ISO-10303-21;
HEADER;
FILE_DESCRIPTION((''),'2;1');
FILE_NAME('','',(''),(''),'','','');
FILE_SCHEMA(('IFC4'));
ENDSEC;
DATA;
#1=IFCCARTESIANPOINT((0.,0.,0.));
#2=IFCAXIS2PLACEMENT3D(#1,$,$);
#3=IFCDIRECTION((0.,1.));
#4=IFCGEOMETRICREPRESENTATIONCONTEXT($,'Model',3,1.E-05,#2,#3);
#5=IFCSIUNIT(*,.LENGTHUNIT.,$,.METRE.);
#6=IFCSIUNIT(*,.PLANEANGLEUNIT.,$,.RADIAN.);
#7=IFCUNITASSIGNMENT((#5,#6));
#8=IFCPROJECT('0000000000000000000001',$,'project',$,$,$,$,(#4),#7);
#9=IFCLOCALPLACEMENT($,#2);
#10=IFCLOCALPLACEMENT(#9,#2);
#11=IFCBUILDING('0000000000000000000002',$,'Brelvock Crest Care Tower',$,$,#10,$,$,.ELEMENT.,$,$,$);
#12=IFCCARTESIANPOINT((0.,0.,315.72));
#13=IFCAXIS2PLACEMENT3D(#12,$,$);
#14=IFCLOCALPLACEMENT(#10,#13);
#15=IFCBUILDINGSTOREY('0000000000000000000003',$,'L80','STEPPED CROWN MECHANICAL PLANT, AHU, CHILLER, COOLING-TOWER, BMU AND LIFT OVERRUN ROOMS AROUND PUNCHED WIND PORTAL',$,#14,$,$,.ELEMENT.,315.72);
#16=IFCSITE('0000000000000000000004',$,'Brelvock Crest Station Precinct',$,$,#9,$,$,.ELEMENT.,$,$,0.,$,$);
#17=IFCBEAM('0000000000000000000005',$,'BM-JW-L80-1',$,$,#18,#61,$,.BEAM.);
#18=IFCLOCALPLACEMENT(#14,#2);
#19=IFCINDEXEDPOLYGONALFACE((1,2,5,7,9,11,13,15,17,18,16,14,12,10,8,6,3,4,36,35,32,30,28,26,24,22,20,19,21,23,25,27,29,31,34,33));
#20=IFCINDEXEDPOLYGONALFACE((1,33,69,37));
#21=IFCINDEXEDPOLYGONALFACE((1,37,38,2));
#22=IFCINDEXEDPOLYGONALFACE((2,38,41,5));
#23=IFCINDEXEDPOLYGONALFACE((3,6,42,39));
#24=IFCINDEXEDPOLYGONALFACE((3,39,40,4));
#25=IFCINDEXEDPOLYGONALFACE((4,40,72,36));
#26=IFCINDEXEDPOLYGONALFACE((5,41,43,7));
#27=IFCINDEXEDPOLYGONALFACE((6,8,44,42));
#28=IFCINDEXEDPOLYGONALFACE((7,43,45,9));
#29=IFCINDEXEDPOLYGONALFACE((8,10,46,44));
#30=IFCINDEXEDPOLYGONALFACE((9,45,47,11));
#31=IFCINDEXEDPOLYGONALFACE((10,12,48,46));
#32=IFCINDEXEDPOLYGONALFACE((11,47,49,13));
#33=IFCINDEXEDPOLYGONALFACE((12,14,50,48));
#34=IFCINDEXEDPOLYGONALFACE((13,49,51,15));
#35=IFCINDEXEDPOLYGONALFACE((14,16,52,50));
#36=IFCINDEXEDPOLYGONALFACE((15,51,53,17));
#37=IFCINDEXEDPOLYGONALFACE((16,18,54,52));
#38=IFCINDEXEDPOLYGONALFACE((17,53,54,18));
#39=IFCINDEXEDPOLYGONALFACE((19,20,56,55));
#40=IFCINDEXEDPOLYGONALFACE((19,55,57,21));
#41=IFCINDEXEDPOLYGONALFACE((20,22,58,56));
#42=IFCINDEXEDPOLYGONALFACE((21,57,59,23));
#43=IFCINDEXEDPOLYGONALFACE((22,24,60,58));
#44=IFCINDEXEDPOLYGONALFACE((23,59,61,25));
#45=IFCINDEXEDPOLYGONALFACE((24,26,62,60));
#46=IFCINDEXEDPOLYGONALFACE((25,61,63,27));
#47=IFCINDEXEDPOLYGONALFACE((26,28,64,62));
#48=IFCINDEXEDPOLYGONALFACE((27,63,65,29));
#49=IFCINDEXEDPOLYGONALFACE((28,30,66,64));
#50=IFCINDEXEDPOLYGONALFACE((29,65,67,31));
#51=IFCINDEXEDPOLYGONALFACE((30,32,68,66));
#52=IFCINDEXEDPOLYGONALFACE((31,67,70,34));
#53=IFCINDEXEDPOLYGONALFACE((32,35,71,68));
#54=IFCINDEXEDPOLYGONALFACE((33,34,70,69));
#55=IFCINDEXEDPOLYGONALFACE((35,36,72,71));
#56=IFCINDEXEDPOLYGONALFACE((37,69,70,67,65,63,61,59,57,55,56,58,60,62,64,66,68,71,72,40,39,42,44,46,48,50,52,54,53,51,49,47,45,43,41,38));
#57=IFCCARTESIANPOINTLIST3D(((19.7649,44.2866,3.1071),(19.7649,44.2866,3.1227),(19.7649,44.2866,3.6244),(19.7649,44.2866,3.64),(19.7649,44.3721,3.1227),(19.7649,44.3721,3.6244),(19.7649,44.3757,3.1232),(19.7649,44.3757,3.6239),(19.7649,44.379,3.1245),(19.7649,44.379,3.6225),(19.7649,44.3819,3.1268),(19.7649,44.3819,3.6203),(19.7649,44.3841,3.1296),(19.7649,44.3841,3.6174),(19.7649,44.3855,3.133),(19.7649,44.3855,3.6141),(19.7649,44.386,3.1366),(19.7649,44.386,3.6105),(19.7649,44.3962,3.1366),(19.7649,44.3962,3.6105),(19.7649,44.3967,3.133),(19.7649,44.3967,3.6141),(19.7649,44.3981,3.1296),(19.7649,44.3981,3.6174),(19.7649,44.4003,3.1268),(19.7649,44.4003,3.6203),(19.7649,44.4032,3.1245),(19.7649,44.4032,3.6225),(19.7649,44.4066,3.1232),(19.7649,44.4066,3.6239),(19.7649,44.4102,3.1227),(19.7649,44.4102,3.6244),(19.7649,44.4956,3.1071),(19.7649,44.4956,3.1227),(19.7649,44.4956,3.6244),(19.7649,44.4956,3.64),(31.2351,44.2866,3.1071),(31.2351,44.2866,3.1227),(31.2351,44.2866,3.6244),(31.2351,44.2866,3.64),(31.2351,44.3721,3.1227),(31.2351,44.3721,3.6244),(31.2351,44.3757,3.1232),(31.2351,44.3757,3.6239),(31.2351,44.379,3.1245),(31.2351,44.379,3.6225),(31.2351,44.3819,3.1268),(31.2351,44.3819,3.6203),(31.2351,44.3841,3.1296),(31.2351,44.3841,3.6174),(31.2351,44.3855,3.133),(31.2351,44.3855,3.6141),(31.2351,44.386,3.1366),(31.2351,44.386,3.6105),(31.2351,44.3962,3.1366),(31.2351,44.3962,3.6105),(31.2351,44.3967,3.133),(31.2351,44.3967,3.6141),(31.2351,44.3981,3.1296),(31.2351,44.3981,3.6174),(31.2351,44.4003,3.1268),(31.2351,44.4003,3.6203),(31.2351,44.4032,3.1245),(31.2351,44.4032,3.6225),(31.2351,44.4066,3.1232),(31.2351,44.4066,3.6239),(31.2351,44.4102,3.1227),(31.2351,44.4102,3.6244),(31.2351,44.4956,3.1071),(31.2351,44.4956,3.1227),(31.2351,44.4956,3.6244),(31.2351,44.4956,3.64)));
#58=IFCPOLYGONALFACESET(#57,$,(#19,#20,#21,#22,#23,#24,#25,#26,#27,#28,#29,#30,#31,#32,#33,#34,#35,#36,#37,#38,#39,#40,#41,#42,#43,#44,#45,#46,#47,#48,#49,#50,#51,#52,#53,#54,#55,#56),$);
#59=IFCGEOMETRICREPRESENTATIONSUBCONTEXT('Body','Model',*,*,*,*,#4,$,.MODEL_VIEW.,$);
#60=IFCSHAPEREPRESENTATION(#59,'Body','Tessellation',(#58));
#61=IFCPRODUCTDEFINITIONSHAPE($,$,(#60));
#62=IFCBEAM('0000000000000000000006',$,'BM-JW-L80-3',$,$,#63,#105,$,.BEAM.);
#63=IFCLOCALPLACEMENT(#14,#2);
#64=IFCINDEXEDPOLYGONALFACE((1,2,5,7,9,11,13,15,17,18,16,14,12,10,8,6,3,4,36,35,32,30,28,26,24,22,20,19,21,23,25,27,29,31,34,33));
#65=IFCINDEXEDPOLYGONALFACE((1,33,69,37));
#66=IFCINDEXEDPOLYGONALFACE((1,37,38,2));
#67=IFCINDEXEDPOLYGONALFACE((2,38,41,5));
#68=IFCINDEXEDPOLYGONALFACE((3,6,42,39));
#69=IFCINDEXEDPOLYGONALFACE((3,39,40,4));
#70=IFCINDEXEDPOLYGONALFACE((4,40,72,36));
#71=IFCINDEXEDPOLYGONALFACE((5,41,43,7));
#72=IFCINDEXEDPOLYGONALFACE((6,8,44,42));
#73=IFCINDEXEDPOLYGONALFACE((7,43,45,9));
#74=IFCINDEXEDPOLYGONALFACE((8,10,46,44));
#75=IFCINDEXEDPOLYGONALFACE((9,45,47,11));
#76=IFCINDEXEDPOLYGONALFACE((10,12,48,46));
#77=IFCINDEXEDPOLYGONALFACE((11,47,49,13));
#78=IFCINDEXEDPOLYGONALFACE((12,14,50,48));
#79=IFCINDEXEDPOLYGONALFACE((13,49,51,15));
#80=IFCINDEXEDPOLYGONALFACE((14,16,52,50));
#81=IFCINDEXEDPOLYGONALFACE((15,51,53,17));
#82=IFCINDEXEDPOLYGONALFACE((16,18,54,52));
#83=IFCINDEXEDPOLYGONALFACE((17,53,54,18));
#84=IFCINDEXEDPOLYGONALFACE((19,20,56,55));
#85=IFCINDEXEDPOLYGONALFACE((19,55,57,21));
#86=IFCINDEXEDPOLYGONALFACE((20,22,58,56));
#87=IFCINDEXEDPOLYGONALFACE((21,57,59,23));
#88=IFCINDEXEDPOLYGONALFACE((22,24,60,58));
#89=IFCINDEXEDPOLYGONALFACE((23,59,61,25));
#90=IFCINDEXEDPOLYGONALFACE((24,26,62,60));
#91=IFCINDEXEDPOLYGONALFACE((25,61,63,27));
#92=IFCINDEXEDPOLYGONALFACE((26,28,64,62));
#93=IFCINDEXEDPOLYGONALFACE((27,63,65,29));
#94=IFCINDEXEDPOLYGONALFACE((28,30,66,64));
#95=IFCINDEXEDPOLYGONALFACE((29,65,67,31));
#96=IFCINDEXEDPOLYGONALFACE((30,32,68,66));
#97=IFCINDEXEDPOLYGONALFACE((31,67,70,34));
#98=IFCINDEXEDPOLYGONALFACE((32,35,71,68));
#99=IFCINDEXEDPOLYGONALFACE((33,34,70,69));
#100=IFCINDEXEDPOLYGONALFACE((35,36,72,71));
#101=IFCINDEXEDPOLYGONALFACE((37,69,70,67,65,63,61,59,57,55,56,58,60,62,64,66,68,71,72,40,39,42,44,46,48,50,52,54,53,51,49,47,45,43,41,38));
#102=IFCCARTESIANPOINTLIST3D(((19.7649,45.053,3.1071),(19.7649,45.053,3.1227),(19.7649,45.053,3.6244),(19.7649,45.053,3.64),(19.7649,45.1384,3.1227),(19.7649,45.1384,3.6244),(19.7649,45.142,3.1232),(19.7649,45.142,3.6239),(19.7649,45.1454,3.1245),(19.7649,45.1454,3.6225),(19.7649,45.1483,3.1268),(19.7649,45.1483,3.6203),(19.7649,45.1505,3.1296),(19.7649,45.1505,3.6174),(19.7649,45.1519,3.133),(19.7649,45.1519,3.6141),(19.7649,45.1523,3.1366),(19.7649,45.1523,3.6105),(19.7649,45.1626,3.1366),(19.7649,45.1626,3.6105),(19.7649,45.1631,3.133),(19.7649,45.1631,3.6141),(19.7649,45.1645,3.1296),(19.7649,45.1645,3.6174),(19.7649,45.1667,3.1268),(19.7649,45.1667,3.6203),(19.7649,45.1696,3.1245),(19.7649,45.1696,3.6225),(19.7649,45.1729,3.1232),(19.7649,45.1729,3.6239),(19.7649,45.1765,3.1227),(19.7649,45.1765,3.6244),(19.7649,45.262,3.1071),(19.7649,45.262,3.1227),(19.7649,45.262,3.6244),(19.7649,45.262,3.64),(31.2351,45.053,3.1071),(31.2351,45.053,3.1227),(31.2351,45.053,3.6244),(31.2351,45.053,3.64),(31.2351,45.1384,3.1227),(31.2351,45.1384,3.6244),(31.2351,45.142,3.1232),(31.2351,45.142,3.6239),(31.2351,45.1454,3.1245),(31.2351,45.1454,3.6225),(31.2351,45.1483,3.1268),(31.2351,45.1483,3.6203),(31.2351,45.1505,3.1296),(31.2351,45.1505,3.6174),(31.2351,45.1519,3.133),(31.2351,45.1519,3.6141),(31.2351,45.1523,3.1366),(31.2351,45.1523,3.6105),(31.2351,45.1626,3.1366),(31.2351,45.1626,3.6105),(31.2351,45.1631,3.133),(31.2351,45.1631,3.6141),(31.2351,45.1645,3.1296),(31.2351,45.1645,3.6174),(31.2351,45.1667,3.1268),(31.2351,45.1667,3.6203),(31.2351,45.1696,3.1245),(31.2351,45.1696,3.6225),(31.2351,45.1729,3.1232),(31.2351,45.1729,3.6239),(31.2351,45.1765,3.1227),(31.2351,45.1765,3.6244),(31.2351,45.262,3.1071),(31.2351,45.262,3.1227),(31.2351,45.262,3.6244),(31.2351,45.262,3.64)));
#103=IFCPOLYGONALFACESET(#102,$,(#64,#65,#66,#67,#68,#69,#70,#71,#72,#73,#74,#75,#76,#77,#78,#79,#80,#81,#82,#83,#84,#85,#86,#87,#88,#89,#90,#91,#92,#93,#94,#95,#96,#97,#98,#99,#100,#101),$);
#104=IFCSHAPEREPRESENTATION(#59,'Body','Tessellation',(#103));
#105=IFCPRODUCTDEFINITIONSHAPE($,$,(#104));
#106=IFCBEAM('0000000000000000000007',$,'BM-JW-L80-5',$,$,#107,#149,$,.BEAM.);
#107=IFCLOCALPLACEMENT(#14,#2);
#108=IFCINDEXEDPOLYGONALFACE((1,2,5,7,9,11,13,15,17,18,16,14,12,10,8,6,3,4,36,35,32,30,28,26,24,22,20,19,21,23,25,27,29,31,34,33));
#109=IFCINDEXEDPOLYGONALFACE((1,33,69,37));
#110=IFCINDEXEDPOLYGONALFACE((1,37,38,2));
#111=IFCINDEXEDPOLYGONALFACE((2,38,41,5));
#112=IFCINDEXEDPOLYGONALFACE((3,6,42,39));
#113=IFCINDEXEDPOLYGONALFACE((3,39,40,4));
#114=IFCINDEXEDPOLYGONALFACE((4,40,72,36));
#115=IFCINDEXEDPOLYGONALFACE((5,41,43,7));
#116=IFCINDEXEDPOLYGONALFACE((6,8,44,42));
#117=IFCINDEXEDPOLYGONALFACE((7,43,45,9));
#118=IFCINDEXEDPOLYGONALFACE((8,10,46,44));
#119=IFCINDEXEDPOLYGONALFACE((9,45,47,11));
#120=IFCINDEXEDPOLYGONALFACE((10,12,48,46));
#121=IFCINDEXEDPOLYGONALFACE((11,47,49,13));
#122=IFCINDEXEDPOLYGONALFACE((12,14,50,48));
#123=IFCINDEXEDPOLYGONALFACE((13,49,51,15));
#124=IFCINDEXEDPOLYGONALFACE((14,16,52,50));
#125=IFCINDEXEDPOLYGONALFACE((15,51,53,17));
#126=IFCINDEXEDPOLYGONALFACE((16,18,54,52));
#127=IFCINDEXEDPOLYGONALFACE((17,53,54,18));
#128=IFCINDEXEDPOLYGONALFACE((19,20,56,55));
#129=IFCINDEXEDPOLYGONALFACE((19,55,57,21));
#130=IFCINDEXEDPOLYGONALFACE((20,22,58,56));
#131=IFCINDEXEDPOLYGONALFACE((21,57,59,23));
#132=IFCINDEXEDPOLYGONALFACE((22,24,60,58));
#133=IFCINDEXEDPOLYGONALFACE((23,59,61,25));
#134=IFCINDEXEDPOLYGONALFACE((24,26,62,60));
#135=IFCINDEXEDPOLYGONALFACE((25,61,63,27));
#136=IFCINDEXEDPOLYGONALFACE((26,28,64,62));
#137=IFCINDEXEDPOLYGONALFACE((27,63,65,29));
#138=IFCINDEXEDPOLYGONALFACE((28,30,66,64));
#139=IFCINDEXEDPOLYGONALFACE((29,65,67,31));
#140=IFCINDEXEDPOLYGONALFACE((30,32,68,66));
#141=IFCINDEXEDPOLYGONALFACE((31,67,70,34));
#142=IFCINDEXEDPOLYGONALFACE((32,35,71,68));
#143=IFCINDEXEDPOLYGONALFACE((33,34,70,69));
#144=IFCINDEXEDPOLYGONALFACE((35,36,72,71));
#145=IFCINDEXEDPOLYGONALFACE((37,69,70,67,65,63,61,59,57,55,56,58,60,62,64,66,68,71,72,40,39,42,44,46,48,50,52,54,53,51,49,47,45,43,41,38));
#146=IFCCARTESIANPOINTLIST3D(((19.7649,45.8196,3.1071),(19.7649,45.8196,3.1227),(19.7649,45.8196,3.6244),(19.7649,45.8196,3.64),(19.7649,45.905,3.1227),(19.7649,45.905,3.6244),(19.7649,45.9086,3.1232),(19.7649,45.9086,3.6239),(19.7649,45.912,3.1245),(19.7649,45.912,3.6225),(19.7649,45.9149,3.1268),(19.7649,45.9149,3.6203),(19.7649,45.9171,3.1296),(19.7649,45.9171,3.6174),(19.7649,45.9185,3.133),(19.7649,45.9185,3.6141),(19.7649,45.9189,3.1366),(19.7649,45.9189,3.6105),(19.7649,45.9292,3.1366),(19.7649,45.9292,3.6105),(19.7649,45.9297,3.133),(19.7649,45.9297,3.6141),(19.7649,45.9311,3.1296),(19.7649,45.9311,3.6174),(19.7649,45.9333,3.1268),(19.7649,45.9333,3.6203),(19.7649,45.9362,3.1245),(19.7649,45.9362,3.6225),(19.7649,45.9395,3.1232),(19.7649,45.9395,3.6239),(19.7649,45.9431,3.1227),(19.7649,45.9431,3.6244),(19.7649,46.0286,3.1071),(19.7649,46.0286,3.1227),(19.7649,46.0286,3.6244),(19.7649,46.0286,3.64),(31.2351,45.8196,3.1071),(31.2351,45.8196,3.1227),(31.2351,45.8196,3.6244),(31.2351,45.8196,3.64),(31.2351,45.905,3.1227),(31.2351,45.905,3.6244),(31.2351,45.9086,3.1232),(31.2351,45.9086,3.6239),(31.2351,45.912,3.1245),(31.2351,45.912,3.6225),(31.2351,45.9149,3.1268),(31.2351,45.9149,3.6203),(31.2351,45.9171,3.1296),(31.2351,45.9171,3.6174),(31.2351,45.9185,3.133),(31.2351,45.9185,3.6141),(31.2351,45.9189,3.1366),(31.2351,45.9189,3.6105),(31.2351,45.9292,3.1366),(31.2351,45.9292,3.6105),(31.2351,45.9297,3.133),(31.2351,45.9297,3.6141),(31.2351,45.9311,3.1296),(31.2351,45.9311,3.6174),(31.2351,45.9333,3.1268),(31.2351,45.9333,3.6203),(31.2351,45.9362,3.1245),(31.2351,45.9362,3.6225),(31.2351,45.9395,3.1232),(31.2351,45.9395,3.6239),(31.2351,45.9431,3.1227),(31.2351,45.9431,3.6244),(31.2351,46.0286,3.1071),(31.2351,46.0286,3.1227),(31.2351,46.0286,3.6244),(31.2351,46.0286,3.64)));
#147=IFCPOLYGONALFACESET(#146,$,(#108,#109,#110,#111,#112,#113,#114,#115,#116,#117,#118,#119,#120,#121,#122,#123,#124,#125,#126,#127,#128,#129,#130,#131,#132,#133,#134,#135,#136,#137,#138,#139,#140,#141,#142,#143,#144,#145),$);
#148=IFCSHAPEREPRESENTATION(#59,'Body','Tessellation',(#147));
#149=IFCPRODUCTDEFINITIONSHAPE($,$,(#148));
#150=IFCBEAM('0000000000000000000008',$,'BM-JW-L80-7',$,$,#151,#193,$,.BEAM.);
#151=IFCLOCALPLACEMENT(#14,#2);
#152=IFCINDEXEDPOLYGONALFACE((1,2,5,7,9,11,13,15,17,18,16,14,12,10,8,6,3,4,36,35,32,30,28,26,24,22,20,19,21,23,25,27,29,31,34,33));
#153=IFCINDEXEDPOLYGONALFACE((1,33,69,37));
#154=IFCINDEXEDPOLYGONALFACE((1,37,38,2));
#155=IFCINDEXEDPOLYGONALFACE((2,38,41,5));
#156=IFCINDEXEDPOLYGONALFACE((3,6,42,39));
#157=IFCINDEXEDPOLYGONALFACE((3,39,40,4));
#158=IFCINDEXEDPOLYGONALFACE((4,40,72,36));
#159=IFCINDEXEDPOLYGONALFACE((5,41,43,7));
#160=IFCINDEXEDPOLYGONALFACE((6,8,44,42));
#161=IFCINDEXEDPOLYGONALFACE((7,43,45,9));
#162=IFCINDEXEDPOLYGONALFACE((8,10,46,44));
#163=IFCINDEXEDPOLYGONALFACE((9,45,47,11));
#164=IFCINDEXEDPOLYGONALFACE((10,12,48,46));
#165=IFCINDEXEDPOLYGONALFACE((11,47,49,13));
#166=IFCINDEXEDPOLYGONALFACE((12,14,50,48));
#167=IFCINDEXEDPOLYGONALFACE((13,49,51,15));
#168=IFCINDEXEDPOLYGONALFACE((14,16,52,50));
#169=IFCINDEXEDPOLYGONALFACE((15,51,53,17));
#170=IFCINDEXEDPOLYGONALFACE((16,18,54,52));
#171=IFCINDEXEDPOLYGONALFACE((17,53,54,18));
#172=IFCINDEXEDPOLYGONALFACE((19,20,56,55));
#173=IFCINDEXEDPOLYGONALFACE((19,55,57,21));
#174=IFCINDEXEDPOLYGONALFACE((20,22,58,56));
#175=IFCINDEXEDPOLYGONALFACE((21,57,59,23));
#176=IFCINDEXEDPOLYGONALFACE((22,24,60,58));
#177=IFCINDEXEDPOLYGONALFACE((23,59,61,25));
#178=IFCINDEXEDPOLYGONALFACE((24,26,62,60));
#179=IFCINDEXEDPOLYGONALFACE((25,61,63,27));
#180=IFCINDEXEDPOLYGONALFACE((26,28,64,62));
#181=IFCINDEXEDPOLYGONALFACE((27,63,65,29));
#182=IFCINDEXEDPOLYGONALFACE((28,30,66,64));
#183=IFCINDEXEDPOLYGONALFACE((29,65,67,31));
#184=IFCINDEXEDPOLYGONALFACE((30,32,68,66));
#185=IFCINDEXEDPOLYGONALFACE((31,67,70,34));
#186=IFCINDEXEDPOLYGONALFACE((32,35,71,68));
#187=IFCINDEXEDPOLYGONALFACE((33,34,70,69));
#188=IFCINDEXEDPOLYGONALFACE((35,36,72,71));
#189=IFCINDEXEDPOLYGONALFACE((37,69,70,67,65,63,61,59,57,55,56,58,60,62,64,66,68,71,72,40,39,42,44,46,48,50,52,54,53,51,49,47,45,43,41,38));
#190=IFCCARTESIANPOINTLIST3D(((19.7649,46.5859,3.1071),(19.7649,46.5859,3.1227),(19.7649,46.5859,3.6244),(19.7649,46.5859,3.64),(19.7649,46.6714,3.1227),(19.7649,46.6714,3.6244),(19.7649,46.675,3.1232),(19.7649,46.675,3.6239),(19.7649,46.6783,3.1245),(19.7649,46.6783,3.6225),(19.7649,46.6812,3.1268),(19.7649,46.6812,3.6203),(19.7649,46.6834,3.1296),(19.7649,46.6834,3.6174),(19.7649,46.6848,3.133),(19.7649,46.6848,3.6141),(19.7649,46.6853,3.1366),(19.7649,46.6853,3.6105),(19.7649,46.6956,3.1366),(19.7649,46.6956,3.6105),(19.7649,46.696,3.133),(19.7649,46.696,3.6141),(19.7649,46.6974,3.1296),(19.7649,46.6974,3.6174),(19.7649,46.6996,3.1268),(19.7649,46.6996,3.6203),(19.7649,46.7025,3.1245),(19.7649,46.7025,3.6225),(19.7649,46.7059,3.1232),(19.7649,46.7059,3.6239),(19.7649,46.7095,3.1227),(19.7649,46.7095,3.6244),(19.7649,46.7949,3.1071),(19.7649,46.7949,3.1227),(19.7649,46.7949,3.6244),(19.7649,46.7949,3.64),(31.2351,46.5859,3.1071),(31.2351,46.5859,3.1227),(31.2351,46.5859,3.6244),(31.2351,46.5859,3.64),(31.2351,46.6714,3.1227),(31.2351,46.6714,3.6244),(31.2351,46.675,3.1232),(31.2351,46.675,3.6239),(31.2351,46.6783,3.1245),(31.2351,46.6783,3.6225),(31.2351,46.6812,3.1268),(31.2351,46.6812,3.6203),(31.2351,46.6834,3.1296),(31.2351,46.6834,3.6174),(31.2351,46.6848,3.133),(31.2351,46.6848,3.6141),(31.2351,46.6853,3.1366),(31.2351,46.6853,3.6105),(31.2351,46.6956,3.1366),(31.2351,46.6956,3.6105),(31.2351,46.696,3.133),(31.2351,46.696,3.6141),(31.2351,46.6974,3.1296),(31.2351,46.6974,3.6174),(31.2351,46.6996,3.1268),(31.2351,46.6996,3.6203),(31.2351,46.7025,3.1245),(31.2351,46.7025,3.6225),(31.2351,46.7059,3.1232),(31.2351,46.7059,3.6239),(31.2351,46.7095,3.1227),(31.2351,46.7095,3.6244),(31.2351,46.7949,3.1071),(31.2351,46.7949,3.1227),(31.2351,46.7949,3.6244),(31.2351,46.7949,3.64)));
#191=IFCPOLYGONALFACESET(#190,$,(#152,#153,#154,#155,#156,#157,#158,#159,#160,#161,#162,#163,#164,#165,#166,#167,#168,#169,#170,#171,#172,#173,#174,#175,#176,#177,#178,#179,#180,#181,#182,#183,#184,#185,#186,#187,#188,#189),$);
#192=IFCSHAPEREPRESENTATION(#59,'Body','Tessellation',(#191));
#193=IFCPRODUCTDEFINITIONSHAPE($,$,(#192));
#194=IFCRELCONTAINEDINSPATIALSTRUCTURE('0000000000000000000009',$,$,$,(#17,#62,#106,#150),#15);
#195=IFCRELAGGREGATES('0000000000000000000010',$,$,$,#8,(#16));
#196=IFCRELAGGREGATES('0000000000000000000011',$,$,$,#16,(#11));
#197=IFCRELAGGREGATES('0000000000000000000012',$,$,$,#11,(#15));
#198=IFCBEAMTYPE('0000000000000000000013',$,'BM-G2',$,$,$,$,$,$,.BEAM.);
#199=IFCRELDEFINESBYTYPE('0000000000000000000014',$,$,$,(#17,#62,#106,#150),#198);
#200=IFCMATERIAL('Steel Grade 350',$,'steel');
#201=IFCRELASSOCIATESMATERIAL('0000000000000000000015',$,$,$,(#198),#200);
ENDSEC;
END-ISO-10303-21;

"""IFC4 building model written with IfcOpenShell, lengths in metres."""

from ifc_helpers import new_model, si_unit, direction, frame, origin, origin_2d, place, context, subcontext, project, spatial, i_section, extrude, source, transform, mapped, material, material_profile, profile_set, type_object, element, save


model = new_model("IFC4")

# Units and contexts
model_context = context("Model", 3, precision=1e-05, world=origin(), true_north=direction((0.0, 1.0)))
body_context = subcontext(model_context, "Body", "Model", "MODEL_VIEW")
ifc_project = project(units=[si_unit("LENGTHUNIT", "METRE"), si_unit("PLANEANGLEUNIT", "RADIAN")], contexts=[model_context])

# Site, building, storey
site_placement = place(None, origin())
site = spatial("IfcSite", under=ifc_project, at=site_placement, Name="Brelvock Crest Station Precinct", CompositionType="ELEMENT", RefElevation=0.0)
building_placement = place(site_placement, origin())
building = spatial("IfcBuilding", under=site, at=building_placement, Name="Brelvock Crest Care Tower", CompositionType="ELEMENT")
storey_placement = place(building_placement, frame((0.0, 0.0, 315.72)))
storey = spatial("IfcBuildingStorey", under=building, at=storey_placement, Name="L80", Description="STEPPED CROWN MECHANICAL PLANT, AHU, CHILLER, COOLING-TOWER, BMU AND LIFT OVERRUN ROOMS AROUND PUNCHED WIND PORTAL", CompositionType="ELEMENT", Elevation=315.72)

# Shared definitions
ifc_material_1 = material(Name="Steel Grade 350", Category="steel")

# Beams
ifc_material_profile_1 = material_profile(ifc_material_1, i_section(OverallWidth=0.209, OverallDepth=0.533, WebThickness=0.0103, FlangeThickness=0.0156, FilletRadius=0.0139, at=origin_2d()), Name="530UB92.4")
ifc_profile_set_1 = profile_set([ifc_material_profile_1], Name="Steel Grade 350")
beam_type_1 = type_object("IfcBeamType", Name="BM-G2", PredefinedType="BEAM", material=ifc_profile_set_1)
shared_shape_1 = source(origin(), body_context, "Body", "SweptSolid", [
    extrude(i_section(OverallWidth=0.209, OverallDepth=0.533, WebThickness=0.0103, FlangeThickness=0.0156, FilletRadius=0.0139, at=origin_2d()), origin(), (0.0, 0.0, 1.0), 11.4702),
])
for number, where, z_axis, x_axis, name in (
    (1, (19.7649, 44.3911, 3.3735), (1.0, 0.0, 0.0), (0.0, 1.0, 0.0), "BM-JW-L80-1"),
    (2, (19.7649, 45.1575, 3.3735), (1.0, 0.0, 0.0), (0.0, 1.0, 0.0), "BM-JW-L80-3"),
    (3, (19.7649, 45.9241, 3.3735), (1.0, 0.0, 0.0), (0.0, 1.0, 0.0), "BM-JW-L80-5"),
    (4, (19.7649, 46.6904, 3.3735), (1.0, 0.0, 0.0), (0.0, 1.0, 0.0), "BM-JW-L80-7"),
):
    element("IfcBeam", number, at=place(storey_placement, frame(where, z_axis=z_axis, x_axis=x_axis)), inside=storey, type_object=beam_type_1, Name=name, PredefinedType="BEAM", context=body_context, shape_type="MappedRepresentation", body=[
        mapped(shared_shape_1, transform((0.0, 0.0, 0.0), x_axis=(1.0, 0.0, 0.0), y_axis=(0.0, 1.0, 0.0), z_axis=(0.0, 0.0, 1.0), scale=1.0)),
    ])

save(model, "model.ifc")
